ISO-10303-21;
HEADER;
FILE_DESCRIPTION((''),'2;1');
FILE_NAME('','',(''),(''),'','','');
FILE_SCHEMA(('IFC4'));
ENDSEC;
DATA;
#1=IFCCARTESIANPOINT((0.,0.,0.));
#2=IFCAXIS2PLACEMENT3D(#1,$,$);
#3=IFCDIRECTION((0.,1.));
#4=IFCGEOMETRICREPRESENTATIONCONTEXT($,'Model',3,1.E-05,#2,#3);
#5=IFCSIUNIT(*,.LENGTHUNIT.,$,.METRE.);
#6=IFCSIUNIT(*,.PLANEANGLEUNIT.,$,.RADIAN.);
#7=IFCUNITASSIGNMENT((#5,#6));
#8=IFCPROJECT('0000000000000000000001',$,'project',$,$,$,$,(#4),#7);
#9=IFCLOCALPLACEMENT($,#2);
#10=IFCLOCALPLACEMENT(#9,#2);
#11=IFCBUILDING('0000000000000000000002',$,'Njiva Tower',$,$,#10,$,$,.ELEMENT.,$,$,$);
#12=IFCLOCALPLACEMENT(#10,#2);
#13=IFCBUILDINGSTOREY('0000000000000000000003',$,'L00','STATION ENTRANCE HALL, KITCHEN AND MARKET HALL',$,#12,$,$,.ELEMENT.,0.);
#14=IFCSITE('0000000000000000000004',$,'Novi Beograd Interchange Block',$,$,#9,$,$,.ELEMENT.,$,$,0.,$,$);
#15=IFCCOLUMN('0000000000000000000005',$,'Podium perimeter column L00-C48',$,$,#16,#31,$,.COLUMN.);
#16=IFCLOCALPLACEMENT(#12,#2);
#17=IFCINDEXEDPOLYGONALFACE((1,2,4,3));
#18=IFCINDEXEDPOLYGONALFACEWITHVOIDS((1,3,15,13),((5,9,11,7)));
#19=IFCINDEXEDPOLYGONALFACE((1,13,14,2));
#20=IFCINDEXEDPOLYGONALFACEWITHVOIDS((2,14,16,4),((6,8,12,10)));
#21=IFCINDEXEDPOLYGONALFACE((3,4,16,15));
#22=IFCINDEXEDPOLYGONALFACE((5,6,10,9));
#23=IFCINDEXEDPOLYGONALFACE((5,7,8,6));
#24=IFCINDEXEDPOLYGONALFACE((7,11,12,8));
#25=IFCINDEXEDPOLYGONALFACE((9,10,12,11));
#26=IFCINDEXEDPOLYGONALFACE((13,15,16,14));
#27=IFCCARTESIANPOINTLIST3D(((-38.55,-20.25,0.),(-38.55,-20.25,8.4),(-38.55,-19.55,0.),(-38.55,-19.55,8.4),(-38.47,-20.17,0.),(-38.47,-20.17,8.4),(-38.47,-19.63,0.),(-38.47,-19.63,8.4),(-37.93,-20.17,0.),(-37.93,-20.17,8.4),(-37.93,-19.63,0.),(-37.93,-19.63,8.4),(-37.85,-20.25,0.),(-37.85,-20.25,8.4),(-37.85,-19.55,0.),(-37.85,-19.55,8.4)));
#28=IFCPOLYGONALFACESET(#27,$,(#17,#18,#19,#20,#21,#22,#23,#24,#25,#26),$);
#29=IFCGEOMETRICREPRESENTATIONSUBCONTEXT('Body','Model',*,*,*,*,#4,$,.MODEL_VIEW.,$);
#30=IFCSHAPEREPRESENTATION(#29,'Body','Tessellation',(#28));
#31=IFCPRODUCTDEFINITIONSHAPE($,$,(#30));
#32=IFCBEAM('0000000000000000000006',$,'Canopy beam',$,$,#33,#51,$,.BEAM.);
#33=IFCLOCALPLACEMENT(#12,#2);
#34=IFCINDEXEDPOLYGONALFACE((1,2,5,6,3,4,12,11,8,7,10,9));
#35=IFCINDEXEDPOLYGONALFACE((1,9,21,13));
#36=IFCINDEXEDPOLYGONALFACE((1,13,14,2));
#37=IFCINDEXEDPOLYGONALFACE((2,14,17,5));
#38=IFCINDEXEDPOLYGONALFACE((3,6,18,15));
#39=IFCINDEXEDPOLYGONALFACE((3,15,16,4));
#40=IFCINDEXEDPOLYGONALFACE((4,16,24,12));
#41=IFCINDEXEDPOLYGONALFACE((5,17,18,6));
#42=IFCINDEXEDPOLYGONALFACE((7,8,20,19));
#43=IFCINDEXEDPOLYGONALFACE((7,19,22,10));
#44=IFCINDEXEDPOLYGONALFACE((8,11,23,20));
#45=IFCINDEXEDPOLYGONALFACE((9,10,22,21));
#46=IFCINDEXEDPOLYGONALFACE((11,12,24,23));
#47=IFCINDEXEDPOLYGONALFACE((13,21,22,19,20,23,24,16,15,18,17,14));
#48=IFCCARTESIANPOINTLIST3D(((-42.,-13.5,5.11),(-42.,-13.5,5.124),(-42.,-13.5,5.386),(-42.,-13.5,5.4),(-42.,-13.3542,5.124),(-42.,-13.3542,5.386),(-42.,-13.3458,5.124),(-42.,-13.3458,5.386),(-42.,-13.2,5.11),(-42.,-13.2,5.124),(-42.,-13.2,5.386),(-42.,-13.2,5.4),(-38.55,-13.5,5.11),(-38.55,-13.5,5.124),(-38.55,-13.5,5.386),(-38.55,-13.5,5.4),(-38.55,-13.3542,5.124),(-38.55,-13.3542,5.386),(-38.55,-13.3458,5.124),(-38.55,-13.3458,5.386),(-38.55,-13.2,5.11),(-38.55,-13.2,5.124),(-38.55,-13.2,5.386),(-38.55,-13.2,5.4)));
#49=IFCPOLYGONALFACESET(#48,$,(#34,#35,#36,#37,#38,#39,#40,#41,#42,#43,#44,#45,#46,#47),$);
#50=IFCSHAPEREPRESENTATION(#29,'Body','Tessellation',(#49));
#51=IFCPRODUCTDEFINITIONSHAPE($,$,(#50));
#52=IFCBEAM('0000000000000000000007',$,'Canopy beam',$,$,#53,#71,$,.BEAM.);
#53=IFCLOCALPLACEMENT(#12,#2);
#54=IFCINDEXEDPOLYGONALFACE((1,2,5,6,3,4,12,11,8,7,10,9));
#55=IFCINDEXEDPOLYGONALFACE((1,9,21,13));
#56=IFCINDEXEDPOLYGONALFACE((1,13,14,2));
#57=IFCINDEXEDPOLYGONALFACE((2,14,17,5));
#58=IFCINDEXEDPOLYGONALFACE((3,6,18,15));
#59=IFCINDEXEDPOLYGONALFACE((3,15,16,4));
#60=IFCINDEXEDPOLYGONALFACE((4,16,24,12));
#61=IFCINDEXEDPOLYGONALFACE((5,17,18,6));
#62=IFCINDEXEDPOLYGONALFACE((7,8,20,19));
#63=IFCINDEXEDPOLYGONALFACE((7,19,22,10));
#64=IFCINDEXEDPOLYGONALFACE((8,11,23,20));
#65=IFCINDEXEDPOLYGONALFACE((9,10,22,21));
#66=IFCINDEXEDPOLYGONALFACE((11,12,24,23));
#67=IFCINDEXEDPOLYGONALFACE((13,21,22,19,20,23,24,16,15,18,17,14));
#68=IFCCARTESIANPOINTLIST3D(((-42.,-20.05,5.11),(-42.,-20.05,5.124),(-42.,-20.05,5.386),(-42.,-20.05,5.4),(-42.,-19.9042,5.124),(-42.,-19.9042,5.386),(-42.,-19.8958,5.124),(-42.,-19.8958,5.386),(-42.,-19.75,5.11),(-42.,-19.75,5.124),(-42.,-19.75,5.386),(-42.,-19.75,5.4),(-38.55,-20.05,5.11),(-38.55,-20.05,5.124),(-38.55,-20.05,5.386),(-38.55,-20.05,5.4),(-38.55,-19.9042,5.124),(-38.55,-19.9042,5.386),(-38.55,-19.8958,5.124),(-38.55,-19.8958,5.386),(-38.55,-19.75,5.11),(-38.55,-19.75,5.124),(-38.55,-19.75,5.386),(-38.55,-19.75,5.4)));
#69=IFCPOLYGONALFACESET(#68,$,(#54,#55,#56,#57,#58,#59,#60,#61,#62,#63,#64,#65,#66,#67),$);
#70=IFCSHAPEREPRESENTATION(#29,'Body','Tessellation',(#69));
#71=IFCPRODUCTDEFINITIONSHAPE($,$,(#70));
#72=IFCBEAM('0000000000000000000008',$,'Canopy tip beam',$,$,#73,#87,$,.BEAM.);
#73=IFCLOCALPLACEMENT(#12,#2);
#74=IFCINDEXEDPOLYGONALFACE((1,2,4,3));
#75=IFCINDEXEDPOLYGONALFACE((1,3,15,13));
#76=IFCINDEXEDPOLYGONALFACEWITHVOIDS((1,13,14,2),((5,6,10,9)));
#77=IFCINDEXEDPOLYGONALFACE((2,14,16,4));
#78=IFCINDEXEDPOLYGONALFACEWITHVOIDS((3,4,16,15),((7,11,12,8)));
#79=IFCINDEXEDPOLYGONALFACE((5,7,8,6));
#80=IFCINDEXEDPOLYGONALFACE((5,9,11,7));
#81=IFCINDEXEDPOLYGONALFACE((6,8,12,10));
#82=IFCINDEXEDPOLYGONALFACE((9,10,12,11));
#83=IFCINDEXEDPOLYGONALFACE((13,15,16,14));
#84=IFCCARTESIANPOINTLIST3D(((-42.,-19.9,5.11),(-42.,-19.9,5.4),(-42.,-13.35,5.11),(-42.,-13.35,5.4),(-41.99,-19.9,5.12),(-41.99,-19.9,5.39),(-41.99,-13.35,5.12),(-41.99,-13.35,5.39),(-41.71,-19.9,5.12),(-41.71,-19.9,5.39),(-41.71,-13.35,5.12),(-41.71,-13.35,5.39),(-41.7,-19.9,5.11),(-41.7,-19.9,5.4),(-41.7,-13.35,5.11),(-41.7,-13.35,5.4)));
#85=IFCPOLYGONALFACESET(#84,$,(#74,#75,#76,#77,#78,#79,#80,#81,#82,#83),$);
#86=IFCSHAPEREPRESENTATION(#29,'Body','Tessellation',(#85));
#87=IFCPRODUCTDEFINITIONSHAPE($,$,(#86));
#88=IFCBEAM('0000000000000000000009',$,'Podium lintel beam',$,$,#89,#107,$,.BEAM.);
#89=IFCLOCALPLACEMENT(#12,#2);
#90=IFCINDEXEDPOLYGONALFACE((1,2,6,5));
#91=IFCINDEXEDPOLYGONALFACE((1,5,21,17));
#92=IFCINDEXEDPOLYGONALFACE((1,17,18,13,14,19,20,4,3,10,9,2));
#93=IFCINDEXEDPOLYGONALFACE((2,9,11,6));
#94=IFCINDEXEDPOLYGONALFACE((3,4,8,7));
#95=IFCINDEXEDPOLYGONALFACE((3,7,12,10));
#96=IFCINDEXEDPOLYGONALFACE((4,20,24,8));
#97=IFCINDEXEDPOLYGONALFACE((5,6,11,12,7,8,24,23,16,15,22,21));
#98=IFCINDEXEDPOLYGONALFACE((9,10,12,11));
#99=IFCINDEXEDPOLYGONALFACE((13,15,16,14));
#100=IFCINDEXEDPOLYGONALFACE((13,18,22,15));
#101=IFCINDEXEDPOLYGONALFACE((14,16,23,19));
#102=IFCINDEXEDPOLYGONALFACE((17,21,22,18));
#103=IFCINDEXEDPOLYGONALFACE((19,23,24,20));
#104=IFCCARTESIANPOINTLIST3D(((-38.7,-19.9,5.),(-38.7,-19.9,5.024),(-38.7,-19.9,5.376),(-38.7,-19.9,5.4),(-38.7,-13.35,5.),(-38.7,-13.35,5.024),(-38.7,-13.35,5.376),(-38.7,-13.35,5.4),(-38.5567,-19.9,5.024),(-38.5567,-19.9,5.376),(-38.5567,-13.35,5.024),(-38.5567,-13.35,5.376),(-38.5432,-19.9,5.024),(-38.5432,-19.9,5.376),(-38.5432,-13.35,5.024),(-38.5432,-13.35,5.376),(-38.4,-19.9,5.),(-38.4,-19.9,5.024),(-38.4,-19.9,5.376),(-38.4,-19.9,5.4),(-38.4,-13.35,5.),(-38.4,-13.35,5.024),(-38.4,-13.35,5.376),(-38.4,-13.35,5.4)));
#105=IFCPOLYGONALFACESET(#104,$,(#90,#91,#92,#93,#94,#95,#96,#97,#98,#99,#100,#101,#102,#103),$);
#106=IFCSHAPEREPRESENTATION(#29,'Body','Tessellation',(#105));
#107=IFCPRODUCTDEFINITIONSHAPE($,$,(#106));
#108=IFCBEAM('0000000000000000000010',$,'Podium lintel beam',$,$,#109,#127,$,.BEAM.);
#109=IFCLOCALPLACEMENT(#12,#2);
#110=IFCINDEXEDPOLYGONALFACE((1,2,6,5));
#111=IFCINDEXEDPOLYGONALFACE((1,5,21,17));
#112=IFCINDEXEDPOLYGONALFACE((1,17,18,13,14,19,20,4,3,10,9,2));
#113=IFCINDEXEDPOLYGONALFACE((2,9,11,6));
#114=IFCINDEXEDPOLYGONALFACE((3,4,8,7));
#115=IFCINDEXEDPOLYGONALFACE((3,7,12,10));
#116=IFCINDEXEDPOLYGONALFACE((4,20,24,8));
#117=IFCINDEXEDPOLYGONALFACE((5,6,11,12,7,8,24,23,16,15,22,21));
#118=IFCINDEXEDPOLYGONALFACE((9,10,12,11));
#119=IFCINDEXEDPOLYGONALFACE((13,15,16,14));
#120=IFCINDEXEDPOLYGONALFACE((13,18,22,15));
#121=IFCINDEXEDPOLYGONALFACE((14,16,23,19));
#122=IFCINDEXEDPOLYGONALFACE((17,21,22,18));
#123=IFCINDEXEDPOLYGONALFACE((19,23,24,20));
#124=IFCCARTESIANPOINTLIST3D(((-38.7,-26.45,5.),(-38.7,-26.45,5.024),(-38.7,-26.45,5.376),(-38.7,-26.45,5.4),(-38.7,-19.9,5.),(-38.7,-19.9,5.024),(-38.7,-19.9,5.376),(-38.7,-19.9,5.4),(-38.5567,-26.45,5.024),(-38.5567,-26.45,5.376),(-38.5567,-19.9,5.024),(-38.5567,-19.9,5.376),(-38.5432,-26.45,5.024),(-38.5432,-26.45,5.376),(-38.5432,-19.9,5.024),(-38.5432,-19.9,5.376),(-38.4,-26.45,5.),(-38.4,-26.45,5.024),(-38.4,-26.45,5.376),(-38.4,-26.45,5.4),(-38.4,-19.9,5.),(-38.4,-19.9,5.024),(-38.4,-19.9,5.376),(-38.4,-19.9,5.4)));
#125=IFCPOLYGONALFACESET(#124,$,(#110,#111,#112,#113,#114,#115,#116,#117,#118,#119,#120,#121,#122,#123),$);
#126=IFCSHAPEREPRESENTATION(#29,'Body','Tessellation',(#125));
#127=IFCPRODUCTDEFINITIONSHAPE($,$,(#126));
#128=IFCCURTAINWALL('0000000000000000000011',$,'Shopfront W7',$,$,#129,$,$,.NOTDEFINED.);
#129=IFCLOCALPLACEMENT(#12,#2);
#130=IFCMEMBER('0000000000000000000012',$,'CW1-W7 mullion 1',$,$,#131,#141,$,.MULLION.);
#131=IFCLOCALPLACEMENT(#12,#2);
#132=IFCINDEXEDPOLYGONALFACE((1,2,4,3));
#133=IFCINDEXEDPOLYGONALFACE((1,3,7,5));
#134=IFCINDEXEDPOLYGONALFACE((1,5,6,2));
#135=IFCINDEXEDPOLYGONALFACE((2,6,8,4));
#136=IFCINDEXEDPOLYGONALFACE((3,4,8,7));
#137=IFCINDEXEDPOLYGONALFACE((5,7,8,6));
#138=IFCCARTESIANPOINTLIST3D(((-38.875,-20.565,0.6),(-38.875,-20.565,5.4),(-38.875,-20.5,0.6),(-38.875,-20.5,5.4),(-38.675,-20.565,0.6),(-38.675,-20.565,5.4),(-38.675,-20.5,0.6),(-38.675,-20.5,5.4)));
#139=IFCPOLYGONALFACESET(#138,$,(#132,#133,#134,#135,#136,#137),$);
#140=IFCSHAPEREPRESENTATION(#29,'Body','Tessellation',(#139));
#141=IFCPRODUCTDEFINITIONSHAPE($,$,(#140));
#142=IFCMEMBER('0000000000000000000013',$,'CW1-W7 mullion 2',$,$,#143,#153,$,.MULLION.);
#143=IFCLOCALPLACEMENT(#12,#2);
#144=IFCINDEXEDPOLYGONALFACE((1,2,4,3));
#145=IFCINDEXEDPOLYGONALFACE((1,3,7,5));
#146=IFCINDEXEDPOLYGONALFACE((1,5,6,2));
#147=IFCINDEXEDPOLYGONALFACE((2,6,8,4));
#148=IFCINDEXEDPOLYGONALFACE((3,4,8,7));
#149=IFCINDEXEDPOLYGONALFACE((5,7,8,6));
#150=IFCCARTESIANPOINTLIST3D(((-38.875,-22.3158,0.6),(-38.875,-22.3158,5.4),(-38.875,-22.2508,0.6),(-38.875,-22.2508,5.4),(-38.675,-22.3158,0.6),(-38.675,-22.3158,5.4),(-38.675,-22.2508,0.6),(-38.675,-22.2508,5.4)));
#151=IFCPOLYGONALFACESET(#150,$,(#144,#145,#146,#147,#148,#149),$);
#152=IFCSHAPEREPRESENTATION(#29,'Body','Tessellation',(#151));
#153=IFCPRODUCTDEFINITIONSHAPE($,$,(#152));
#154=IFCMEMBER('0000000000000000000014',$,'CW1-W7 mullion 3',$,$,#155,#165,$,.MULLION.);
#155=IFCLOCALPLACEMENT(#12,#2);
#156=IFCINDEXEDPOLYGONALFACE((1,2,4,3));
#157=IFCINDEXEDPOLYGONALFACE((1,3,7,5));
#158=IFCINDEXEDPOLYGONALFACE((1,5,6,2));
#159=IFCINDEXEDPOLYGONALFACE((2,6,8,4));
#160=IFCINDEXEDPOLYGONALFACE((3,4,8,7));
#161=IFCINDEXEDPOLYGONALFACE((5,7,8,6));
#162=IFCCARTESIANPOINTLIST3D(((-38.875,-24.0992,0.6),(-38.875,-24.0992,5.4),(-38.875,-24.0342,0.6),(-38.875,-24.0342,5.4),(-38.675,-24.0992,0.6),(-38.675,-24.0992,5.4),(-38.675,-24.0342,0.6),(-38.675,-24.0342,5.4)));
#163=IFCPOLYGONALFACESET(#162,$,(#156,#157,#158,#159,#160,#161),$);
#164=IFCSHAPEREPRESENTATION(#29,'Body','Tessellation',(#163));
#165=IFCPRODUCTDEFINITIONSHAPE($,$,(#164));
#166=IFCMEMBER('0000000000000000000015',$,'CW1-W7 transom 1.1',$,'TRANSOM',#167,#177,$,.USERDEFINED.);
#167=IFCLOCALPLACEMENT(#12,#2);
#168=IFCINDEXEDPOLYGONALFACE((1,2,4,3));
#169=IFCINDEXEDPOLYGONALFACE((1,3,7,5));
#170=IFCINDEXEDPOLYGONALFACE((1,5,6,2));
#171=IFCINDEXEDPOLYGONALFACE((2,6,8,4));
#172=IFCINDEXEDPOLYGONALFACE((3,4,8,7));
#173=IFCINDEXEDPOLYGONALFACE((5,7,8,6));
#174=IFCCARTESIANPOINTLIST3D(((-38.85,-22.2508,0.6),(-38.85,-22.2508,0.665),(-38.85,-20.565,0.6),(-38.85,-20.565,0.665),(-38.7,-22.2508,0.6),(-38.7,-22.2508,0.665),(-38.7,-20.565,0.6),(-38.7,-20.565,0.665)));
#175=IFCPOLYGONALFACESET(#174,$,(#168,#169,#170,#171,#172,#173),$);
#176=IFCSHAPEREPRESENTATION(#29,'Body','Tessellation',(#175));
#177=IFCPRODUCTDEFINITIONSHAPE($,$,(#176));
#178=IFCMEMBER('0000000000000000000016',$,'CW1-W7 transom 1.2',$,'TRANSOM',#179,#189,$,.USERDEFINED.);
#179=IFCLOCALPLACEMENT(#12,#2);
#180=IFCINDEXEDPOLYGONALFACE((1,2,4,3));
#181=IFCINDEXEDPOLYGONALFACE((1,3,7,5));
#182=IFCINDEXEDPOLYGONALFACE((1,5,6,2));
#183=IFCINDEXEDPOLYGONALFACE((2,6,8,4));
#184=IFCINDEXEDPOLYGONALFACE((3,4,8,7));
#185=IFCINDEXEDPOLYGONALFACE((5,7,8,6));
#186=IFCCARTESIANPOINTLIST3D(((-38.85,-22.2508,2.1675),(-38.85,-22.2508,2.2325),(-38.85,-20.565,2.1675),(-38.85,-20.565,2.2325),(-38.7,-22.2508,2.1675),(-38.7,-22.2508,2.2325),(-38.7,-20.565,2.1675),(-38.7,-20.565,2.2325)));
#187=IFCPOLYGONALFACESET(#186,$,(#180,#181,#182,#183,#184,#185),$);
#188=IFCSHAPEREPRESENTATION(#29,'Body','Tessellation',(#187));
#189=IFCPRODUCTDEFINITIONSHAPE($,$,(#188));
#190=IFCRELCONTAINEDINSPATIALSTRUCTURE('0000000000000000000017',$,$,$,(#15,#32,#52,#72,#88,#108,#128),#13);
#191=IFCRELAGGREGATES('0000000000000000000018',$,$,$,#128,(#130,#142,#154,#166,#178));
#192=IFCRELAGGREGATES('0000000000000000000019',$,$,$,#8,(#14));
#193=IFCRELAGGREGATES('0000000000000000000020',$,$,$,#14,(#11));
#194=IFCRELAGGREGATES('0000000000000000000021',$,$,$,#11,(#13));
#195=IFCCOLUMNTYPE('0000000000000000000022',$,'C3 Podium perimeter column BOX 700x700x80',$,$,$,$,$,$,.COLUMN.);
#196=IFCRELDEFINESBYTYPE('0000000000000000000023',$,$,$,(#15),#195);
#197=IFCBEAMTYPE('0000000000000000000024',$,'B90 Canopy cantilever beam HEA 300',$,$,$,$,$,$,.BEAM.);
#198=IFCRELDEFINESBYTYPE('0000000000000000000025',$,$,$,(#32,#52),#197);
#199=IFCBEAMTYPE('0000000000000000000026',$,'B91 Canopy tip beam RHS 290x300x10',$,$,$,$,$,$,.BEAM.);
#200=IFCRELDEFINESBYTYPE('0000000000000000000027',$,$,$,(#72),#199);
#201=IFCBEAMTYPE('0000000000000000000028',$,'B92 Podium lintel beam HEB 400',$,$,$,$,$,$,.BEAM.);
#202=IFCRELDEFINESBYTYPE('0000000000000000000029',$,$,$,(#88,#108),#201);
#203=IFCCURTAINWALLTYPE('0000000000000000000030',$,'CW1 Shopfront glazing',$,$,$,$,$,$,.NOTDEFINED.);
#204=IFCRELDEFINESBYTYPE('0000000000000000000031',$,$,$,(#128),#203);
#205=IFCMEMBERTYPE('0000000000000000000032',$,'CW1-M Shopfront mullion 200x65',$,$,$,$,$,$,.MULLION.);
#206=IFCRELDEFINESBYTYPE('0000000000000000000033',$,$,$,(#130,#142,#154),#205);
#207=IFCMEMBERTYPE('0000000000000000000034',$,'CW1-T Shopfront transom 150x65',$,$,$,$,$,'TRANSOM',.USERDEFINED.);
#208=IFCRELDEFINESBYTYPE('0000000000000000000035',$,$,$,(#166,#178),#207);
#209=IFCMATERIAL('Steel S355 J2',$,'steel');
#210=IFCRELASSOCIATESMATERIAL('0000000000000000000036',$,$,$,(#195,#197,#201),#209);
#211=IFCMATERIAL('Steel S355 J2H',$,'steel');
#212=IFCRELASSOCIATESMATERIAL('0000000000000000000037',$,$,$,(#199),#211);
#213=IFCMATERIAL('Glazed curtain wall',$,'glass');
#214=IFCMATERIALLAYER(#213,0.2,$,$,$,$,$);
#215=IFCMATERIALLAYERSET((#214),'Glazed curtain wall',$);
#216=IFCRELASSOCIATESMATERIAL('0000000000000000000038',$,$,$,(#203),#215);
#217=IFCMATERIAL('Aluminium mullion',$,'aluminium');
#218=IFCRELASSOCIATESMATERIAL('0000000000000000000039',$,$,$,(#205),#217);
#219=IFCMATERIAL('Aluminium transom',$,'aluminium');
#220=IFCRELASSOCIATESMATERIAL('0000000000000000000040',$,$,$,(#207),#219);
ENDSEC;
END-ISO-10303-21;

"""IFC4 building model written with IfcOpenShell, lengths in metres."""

from ifc_helpers import new_model, si_unit, direction, frame, origin, origin_2d, place, context, subcontext, project, spatial, rectangle, hollow_rectangle, i_section, extrude, material, layer, layer_set, material_profile, profile_set, type_object, element, aggregate, save


model = new_model("IFC4")

# Units and contexts
model_context = context("Model", 3, precision=1e-05, world=origin(), true_north=direction((0.0, 1.0)))
body_context = subcontext(model_context, "Body", "Model", "MODEL_VIEW")
ifc_project = project(units=[si_unit("LENGTHUNIT", "METRE"), si_unit("PLANEANGLEUNIT", "RADIAN")], contexts=[model_context])

# Site, building, storey
site_placement = place(None, origin())
site = spatial("IfcSite", under=ifc_project, at=site_placement, Name="Novi Beograd Interchange Block", CompositionType="ELEMENT", RefElevation=0.0)
building_placement = place(site_placement, origin())
building = spatial("IfcBuilding", under=site, at=building_placement, Name="Njiva Tower", CompositionType="ELEMENT")
storey_placement = place(building_placement, origin())
storey = spatial("IfcBuildingStorey", under=building, at=storey_placement, Name="L00", Description="STATION ENTRANCE HALL, KITCHEN AND MARKET HALL", CompositionType="ELEMENT", Elevation=0.0)

# Column
ifc_material_1 = material(Name="Steel S355 J2", Category="steel")
ifc_material_profile_1 = material_profile(ifc_material_1, hollow_rectangle(XDim=0.7, YDim=0.7, WallThickness=0.08, at=origin_2d()), Name="BOX 700x700x80")
ifc_profile_set_1 = profile_set([ifc_material_profile_1], Name="Steel S355 J2")
column_type = type_object("IfcColumnType", Name="C3 Podium perimeter column BOX 700x700x80", PredefinedType="COLUMN", material=ifc_profile_set_1)
column_placement = place(storey_placement, frame((-38.2, -19.9, 0.0), z_axis=(0.0, 0.0, 1.0), x_axis=(0.0, -1.0, 0.0)))
element("IfcColumn", 1, at=column_placement, inside=storey, type_object=column_type, Name="Podium perimeter column L00-C48", PredefinedType="COLUMN", context=body_context, shape_type="SweptSolid", body=[
    extrude(hollow_rectangle(XDim=0.7, YDim=0.7, WallThickness=0.08, at=origin_2d()), origin(), (0.0, 0.0, 1.0), 8.4),
])

# Beams
ifc_material_profile_2 = material_profile(ifc_material_1, i_section(OverallWidth=0.3, OverallDepth=0.29, WebThickness=0.0085, FlangeThickness=0.014, at=origin_2d()), Name="HEA300")
ifc_profile_set_2 = profile_set([ifc_material_profile_2], Name="Steel S355 J2")
beam_type_1 = type_object("IfcBeamType", Name="B90 Canopy cantilever beam HEA 300", PredefinedType="BEAM", material=ifc_profile_set_2)
for number, where, z_axis, x_axis, name in (
    (2, (-38.55, -13.35, 5.255), (-1.0, 0.0, 0.0), (0.0, -1.0, 0.0), "Canopy beam"),
    (3, (-38.55, -19.9, 5.255), (-1.0, 0.0, 0.0), (0.0, -1.0, 0.0), "Canopy beam"),
):
    element("IfcBeam", number, at=place(storey_placement, frame(where, z_axis=z_axis, x_axis=x_axis)), inside=storey, type_object=beam_type_1, Name=name, PredefinedType="BEAM", context=body_context, shape_type="SweptSolid", body=[
        extrude(i_section(OverallWidth=0.3, OverallDepth=0.29, WebThickness=0.0085, FlangeThickness=0.014, at=origin_2d()), origin(), (0.0, 0.0, 1.0), 3.45),
    ])
ifc_material_2 = material(Name="Steel S355 J2H", Category="steel")
ifc_material_profile_3 = material_profile(ifc_material_2, hollow_rectangle(XDim=0.3, YDim=0.29, WallThickness=0.01, at=origin_2d()), Name="BOX 290x300x10")
ifc_profile_set_3 = profile_set([ifc_material_profile_3], Name="Steel S355 J2H")
beam_type_2 = type_object("IfcBeamType", Name="B91 Canopy tip beam RHS 290x300x10", PredefinedType="BEAM", material=ifc_profile_set_3)
beam_placement = place(storey_placement, frame((-41.85, -13.35, 5.255), z_axis=(0.0, -1.0, 0.0), x_axis=(1.0, 0.0, 0.0)))
element("IfcBeam", 4, at=beam_placement, inside=storey, type_object=beam_type_2, Name="Canopy tip beam", PredefinedType="BEAM", context=body_context, shape_type="SweptSolid", body=[
    extrude(hollow_rectangle(XDim=0.3, YDim=0.29, WallThickness=0.01, at=origin_2d()), origin(), (0.0, 0.0, 1.0), 6.55),
])
ifc_material_profile_4 = material_profile(ifc_material_1, i_section(OverallWidth=0.3, OverallDepth=0.4, WebThickness=0.0135, FlangeThickness=0.024, at=origin_2d()), Name="HEB400")
ifc_profile_set_4 = profile_set([ifc_material_profile_4], Name="Steel S355 J2")
beam_type_3 = type_object("IfcBeamType", Name="B92 Podium lintel beam HEB 400", PredefinedType="BEAM", material=ifc_profile_set_4)
for number, where, z_axis, x_axis, name in (
    (5, (-38.55, -13.35, 5.2), (0.0, -1.0, 0.0), (1.0, 0.0, 0.0), "Podium lintel beam"),
    (6, (-38.55, -19.9, 5.2), (0.0, -1.0, 0.0), (1.0, 0.0, 0.0), "Podium lintel beam"),
):
    element("IfcBeam", number, at=place(storey_placement, frame(where, z_axis=z_axis, x_axis=x_axis)), inside=storey, type_object=beam_type_3, Name=name, PredefinedType="BEAM", context=body_context, shape_type="SweptSolid", body=[
        extrude(i_section(OverallWidth=0.3, OverallDepth=0.4, WebThickness=0.0135, FlangeThickness=0.024, at=origin_2d()), origin(), (0.0, 0.0, 1.0), 6.55),
    ])

# Curtain wall, members
ifc_material_3 = material(Name="Glazed curtain wall", Category="glass")
ifc_layer_1 = layer(ifc_material_3, 0.2)
ifc_layer_set_1 = layer_set([ifc_layer_1], Name="Glazed curtain wall")
curtain_wall_type = type_object("IfcCurtainWallType", Name="CW1 Shopfront glazing", PredefinedType="NOTDEFINED", material=ifc_layer_set_1)
curtain_wall_placement = place(storey_placement, origin())
curtain_wall = element("IfcCurtainWall", 7, at=curtain_wall_placement, inside=storey, type_object=curtain_wall_type, Name="Shopfront W7", PredefinedType="NOTDEFINED")
ifc_material_4 = material(Name="Aluminium mullion", Category="aluminium")
ifc_material_profile_5 = material_profile(ifc_material_4, rectangle(XDim=0.2, YDim=0.065, at=origin_2d()), Name="RECT 200x65")
ifc_profile_set_5 = profile_set([ifc_material_profile_5], Name="Aluminium mullion")
member_type_1 = type_object("IfcMemberType", Name="CW1-M Shopfront mullion 200x65", PredefinedType="MULLION", material=ifc_profile_set_5)
member_1_placement = place(storey_placement, frame((-38.775, -20.5325, 0.6), z_axis=(0.0, 0.0, 1.0), x_axis=(1.0, 0.0, 0.0)))
member_1 = element("IfcMember", 8, at=member_1_placement, type_object=member_type_1, Name="CW1-W7 mullion 1", PredefinedType="MULLION", context=body_context, shape_type="SweptSolid", body=[
    extrude(rectangle(XDim=0.2, YDim=0.065, at=origin_2d()), origin(), (0.0, 0.0, 1.0), 4.8),
])
member_2_placement = place(storey_placement, frame((-38.775, -22.2833, 0.6), z_axis=(0.0, 0.0, 1.0), x_axis=(1.0, 0.0, 0.0)))
member_2 = element("IfcMember", 9, at=member_2_placement, type_object=member_type_1, Name="CW1-W7 mullion 2", PredefinedType="MULLION", context=body_context, shape_type="SweptSolid", body=[
    extrude(rectangle(XDim=0.2, YDim=0.065, at=origin_2d()), origin(), (0.0, 0.0, 1.0), 4.8),
])
member_3_placement = place(storey_placement, frame((-38.775, -24.0667, 0.6), z_axis=(0.0, 0.0, 1.0), x_axis=(1.0, 0.0, 0.0)))
member_3 = element("IfcMember", 10, at=member_3_placement, type_object=member_type_1, Name="CW1-W7 mullion 3", PredefinedType="MULLION", context=body_context, shape_type="SweptSolid", body=[
    extrude(rectangle(XDim=0.2, YDim=0.065, at=origin_2d()), origin(), (0.0, 0.0, 1.0), 4.8),
])
ifc_material_5 = material(Name="Aluminium transom", Category="aluminium")
ifc_material_profile_6 = material_profile(ifc_material_5, rectangle(XDim=0.15, YDim=0.065, at=origin_2d()), Name="RECT 150x65")
ifc_profile_set_6 = profile_set([ifc_material_profile_6], Name="Aluminium transom")
member_type_2 = type_object("IfcMemberType", Name="CW1-T Shopfront transom 150x65", ElementType="TRANSOM", PredefinedType="USERDEFINED", material=ifc_profile_set_6)
member_4_placement = place(storey_placement, frame((-38.775, -20.565, 0.6325), z_axis=(0.0, -1.0, 0.0), x_axis=(1.0, 0.0, 0.0)))
member_4 = element("IfcMember", 11, at=member_4_placement, type_object=member_type_2, Name="CW1-W7 transom 1.1", ObjectType="TRANSOM", PredefinedType="USERDEFINED", context=body_context, shape_type="SweptSolid", body=[
    extrude(rectangle(XDim=0.15, YDim=0.065, at=origin_2d()), origin(), (0.0, 0.0, 1.0), 1.6858),
])
member_5_placement = place(storey_placement, frame((-38.775, -20.565, 2.2), z_axis=(0.0, -1.0, 0.0), x_axis=(1.0, 0.0, 0.0)))
member_5 = element("IfcMember", 12, at=member_5_placement, type_object=member_type_2, Name="CW1-W7 transom 1.2", ObjectType="TRANSOM", PredefinedType="USERDEFINED", context=body_context, shape_type="SweptSolid", body=[
    extrude(rectangle(XDim=0.15, YDim=0.065, at=origin_2d()), origin(), (0.0, 0.0, 1.0), 1.6858),
])
aggregate(curtain_wall, [member_1, member_2, member_3, member_4, member_5])

save(model, "model.ifc")
